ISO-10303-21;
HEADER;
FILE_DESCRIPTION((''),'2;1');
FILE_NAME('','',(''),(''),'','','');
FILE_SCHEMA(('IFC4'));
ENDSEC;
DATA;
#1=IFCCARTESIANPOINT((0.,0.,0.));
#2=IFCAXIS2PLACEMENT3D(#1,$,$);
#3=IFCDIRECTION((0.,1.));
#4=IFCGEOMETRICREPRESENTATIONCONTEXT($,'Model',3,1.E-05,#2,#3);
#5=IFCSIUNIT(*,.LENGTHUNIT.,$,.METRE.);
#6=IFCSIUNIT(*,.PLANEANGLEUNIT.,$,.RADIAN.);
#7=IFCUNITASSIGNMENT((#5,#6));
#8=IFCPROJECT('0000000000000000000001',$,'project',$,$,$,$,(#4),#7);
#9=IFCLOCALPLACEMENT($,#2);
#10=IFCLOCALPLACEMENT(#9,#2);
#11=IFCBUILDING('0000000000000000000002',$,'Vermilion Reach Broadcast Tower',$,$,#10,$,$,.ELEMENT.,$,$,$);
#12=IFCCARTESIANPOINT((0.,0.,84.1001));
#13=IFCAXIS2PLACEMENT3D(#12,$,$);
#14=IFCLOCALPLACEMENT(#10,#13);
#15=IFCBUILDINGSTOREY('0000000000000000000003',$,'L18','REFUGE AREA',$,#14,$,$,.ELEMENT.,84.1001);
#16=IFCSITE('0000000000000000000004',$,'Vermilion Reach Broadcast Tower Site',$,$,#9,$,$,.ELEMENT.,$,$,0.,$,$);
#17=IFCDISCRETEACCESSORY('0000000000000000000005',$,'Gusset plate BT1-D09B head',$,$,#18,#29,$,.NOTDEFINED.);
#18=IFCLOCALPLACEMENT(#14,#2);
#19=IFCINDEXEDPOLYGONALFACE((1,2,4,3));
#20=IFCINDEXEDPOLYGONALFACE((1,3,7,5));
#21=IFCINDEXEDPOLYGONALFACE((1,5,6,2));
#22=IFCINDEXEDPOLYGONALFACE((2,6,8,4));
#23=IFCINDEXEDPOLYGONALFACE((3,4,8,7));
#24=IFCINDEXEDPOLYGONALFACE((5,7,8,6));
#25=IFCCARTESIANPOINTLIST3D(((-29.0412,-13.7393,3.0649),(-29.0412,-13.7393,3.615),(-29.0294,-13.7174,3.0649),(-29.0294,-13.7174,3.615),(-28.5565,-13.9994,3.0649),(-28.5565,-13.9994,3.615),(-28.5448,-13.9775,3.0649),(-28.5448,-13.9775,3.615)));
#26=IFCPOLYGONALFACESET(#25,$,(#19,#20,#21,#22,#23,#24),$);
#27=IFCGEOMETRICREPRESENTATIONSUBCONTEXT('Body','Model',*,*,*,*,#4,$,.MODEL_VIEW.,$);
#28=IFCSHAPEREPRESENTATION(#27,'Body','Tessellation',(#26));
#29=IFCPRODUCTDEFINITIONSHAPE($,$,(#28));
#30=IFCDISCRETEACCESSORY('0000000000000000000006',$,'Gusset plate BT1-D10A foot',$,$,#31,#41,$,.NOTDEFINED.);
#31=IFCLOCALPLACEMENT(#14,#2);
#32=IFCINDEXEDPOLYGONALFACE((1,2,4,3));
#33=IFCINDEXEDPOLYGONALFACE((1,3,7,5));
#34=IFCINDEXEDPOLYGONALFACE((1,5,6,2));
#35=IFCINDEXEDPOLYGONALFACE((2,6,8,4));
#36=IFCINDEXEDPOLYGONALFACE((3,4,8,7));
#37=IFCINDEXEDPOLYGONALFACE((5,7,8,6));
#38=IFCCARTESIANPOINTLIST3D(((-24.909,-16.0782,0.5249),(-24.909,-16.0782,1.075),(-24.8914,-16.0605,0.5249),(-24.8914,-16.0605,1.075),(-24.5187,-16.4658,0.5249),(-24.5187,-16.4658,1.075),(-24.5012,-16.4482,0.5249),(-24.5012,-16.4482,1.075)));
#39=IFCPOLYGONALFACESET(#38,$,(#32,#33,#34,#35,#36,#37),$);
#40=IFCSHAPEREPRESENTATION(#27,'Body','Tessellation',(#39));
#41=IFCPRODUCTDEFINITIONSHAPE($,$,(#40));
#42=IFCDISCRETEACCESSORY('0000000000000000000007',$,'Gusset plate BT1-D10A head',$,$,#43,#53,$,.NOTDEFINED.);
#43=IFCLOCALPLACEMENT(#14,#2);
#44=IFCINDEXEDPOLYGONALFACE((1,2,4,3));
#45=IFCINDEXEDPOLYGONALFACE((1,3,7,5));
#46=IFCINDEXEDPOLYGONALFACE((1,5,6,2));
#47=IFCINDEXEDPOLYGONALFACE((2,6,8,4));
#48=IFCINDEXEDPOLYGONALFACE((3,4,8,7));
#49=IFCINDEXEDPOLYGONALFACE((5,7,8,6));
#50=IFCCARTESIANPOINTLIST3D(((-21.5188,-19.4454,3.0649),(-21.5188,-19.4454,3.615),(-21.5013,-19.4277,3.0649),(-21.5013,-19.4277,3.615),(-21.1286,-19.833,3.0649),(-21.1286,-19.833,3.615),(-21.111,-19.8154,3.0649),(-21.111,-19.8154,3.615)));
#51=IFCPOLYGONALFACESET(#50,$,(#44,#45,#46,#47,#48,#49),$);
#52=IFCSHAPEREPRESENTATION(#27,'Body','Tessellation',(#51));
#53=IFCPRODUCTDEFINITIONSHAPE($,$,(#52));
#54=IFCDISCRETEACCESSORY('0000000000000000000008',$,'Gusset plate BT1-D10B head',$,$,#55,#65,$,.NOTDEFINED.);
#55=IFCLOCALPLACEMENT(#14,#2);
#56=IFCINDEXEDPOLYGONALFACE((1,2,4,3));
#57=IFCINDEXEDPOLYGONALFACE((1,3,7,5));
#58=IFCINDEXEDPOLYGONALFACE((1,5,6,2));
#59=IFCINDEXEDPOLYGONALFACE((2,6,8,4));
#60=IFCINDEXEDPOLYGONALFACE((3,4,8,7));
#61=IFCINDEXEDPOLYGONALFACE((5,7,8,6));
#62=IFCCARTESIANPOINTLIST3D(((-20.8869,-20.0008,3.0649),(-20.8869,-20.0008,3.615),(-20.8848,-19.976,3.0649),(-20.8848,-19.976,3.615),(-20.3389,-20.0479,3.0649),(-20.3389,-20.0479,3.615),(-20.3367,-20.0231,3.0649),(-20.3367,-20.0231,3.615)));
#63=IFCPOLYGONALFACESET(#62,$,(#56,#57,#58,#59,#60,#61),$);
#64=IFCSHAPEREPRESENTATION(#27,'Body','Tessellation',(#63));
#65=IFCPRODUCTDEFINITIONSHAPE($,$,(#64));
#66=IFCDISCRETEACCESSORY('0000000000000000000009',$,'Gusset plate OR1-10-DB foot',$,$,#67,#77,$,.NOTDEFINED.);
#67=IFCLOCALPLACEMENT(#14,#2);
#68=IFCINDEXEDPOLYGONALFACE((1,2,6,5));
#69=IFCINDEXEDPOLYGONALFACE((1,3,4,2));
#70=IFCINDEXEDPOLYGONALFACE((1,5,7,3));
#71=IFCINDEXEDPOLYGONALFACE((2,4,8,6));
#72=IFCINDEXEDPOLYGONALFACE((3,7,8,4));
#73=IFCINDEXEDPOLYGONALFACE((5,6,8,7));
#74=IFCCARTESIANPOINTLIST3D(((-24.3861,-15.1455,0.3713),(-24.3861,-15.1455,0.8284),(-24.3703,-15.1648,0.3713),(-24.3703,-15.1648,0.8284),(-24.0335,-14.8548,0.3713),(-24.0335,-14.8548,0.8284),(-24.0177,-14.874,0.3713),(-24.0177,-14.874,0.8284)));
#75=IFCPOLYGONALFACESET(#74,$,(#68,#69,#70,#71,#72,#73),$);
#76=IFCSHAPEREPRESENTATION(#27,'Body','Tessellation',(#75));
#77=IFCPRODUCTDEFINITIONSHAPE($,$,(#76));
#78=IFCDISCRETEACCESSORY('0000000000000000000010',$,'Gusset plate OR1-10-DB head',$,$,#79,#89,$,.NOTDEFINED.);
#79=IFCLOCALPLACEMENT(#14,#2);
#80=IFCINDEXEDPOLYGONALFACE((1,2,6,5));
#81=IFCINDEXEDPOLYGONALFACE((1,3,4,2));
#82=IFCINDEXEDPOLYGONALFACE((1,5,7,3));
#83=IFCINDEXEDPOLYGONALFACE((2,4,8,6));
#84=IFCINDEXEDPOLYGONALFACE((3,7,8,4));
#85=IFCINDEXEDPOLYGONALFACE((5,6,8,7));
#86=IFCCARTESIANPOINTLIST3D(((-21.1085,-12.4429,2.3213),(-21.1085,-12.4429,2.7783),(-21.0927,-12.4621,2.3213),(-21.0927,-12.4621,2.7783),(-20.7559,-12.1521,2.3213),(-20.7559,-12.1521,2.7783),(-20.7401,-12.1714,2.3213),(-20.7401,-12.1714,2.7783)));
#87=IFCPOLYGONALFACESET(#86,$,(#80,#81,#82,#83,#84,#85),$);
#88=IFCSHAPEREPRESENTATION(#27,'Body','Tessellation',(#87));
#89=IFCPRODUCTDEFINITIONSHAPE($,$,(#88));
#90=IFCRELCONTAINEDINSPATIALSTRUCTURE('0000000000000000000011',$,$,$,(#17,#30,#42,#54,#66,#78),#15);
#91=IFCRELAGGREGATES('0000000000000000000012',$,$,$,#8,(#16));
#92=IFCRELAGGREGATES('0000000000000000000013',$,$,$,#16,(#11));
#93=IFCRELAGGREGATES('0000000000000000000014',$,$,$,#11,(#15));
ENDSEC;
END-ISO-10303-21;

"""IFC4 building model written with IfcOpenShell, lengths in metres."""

from ifc_helpers import new_model, si_unit, direction, frame, origin, origin_2d, place, context, subcontext, project, spatial, rectangle, extrude, element, save


model = new_model("IFC4")

# Units and contexts
model_context = context("Model", 3, precision=1e-05, world=origin(), true_north=direction((0.0, 1.0)))
body_context = subcontext(model_context, "Body", "Model", "MODEL_VIEW")
ifc_project = project(units=[si_unit("LENGTHUNIT", "METRE"), si_unit("PLANEANGLEUNIT", "RADIAN")], contexts=[model_context])

# Site, building, storey
site_placement = place(None, origin())
site = spatial("IfcSite", under=ifc_project, at=site_placement, Name="Vermilion Reach Broadcast Tower Site", CompositionType="ELEMENT", RefElevation=0.0)
building_placement = place(site_placement, origin())
building = spatial("IfcBuilding", under=site, at=building_placement, Name="Vermilion Reach Broadcast Tower", CompositionType="ELEMENT")
storey_placement = place(building_placement, frame((0.0, 0.0, 84.1001)))
storey = spatial("IfcBuildingStorey", under=building, at=storey_placement, Name="L18", Description="REFUGE AREA", CompositionType="ELEMENT", Elevation=84.1001)

# Discrete accessories
for number, where, z_axis, x_axis, name in (
    (1, (-28.793, -13.8584, 3.0649), (0.0, 0.0, 1.0), (-0.472924, -0.881103, 0.0), "Gusset plate BT1-D09B head"),
    (2, (-24.7051, -16.2632, 0.5249), (0.0, 0.0, 1.0), (0.704714, 0.709492, 0.0), "Gusset plate BT1-D10A foot"),
    (3, (-21.3149, -19.6304, 3.0649), (0.0, 0.0, 1.0), (0.704714, 0.709492, 0.0), "Gusset plate BT1-D10A head"),
    (4, (-20.6118, -20.012, 3.0649), (0.0, 0.0, 1.0), (-0.085715, -0.99632, 0.0), "Gusset plate BT1-D10B head"),
):
    element("IfcDiscreteAccessory", number, at=place(storey_placement, frame(where, z_axis=z_axis, x_axis=x_axis)), inside=storey, Name=name, PredefinedType="NOTDEFINED", context=body_context, shape_type="SweptSolid", body=[
        extrude(rectangle(XDim=0.0249, YDim=0.55, at=origin_2d()), origin(), (0.0, 0.0, 1.0), 0.55),
    ])
for number, where, z_axis, x_axis, name in (
    (5, (-24.2019, -15.0098, 0.3713), (0.0, 0.0, 1.0), (0.636213, -0.771513, 0.0), "Gusset plate OR1-10-DB foot"),
    (6, (-20.9243, -12.3071, 2.3213), (0.0, 0.0, 1.0), (0.636213, -0.771513, 0.0), "Gusset plate OR1-10-DB head"),
):
    element("IfcDiscreteAccessory", number, at=place(storey_placement, frame(where, z_axis=z_axis, x_axis=x_axis)), inside=storey, Name=name, PredefinedType="NOTDEFINED", context=body_context, shape_type="SweptSolid", body=[
        extrude(rectangle(XDim=0.0249, YDim=0.457, at=origin_2d()), origin(), (0.0, 0.0, 1.0), 0.457),
    ])

save(model, "model.ifc")
